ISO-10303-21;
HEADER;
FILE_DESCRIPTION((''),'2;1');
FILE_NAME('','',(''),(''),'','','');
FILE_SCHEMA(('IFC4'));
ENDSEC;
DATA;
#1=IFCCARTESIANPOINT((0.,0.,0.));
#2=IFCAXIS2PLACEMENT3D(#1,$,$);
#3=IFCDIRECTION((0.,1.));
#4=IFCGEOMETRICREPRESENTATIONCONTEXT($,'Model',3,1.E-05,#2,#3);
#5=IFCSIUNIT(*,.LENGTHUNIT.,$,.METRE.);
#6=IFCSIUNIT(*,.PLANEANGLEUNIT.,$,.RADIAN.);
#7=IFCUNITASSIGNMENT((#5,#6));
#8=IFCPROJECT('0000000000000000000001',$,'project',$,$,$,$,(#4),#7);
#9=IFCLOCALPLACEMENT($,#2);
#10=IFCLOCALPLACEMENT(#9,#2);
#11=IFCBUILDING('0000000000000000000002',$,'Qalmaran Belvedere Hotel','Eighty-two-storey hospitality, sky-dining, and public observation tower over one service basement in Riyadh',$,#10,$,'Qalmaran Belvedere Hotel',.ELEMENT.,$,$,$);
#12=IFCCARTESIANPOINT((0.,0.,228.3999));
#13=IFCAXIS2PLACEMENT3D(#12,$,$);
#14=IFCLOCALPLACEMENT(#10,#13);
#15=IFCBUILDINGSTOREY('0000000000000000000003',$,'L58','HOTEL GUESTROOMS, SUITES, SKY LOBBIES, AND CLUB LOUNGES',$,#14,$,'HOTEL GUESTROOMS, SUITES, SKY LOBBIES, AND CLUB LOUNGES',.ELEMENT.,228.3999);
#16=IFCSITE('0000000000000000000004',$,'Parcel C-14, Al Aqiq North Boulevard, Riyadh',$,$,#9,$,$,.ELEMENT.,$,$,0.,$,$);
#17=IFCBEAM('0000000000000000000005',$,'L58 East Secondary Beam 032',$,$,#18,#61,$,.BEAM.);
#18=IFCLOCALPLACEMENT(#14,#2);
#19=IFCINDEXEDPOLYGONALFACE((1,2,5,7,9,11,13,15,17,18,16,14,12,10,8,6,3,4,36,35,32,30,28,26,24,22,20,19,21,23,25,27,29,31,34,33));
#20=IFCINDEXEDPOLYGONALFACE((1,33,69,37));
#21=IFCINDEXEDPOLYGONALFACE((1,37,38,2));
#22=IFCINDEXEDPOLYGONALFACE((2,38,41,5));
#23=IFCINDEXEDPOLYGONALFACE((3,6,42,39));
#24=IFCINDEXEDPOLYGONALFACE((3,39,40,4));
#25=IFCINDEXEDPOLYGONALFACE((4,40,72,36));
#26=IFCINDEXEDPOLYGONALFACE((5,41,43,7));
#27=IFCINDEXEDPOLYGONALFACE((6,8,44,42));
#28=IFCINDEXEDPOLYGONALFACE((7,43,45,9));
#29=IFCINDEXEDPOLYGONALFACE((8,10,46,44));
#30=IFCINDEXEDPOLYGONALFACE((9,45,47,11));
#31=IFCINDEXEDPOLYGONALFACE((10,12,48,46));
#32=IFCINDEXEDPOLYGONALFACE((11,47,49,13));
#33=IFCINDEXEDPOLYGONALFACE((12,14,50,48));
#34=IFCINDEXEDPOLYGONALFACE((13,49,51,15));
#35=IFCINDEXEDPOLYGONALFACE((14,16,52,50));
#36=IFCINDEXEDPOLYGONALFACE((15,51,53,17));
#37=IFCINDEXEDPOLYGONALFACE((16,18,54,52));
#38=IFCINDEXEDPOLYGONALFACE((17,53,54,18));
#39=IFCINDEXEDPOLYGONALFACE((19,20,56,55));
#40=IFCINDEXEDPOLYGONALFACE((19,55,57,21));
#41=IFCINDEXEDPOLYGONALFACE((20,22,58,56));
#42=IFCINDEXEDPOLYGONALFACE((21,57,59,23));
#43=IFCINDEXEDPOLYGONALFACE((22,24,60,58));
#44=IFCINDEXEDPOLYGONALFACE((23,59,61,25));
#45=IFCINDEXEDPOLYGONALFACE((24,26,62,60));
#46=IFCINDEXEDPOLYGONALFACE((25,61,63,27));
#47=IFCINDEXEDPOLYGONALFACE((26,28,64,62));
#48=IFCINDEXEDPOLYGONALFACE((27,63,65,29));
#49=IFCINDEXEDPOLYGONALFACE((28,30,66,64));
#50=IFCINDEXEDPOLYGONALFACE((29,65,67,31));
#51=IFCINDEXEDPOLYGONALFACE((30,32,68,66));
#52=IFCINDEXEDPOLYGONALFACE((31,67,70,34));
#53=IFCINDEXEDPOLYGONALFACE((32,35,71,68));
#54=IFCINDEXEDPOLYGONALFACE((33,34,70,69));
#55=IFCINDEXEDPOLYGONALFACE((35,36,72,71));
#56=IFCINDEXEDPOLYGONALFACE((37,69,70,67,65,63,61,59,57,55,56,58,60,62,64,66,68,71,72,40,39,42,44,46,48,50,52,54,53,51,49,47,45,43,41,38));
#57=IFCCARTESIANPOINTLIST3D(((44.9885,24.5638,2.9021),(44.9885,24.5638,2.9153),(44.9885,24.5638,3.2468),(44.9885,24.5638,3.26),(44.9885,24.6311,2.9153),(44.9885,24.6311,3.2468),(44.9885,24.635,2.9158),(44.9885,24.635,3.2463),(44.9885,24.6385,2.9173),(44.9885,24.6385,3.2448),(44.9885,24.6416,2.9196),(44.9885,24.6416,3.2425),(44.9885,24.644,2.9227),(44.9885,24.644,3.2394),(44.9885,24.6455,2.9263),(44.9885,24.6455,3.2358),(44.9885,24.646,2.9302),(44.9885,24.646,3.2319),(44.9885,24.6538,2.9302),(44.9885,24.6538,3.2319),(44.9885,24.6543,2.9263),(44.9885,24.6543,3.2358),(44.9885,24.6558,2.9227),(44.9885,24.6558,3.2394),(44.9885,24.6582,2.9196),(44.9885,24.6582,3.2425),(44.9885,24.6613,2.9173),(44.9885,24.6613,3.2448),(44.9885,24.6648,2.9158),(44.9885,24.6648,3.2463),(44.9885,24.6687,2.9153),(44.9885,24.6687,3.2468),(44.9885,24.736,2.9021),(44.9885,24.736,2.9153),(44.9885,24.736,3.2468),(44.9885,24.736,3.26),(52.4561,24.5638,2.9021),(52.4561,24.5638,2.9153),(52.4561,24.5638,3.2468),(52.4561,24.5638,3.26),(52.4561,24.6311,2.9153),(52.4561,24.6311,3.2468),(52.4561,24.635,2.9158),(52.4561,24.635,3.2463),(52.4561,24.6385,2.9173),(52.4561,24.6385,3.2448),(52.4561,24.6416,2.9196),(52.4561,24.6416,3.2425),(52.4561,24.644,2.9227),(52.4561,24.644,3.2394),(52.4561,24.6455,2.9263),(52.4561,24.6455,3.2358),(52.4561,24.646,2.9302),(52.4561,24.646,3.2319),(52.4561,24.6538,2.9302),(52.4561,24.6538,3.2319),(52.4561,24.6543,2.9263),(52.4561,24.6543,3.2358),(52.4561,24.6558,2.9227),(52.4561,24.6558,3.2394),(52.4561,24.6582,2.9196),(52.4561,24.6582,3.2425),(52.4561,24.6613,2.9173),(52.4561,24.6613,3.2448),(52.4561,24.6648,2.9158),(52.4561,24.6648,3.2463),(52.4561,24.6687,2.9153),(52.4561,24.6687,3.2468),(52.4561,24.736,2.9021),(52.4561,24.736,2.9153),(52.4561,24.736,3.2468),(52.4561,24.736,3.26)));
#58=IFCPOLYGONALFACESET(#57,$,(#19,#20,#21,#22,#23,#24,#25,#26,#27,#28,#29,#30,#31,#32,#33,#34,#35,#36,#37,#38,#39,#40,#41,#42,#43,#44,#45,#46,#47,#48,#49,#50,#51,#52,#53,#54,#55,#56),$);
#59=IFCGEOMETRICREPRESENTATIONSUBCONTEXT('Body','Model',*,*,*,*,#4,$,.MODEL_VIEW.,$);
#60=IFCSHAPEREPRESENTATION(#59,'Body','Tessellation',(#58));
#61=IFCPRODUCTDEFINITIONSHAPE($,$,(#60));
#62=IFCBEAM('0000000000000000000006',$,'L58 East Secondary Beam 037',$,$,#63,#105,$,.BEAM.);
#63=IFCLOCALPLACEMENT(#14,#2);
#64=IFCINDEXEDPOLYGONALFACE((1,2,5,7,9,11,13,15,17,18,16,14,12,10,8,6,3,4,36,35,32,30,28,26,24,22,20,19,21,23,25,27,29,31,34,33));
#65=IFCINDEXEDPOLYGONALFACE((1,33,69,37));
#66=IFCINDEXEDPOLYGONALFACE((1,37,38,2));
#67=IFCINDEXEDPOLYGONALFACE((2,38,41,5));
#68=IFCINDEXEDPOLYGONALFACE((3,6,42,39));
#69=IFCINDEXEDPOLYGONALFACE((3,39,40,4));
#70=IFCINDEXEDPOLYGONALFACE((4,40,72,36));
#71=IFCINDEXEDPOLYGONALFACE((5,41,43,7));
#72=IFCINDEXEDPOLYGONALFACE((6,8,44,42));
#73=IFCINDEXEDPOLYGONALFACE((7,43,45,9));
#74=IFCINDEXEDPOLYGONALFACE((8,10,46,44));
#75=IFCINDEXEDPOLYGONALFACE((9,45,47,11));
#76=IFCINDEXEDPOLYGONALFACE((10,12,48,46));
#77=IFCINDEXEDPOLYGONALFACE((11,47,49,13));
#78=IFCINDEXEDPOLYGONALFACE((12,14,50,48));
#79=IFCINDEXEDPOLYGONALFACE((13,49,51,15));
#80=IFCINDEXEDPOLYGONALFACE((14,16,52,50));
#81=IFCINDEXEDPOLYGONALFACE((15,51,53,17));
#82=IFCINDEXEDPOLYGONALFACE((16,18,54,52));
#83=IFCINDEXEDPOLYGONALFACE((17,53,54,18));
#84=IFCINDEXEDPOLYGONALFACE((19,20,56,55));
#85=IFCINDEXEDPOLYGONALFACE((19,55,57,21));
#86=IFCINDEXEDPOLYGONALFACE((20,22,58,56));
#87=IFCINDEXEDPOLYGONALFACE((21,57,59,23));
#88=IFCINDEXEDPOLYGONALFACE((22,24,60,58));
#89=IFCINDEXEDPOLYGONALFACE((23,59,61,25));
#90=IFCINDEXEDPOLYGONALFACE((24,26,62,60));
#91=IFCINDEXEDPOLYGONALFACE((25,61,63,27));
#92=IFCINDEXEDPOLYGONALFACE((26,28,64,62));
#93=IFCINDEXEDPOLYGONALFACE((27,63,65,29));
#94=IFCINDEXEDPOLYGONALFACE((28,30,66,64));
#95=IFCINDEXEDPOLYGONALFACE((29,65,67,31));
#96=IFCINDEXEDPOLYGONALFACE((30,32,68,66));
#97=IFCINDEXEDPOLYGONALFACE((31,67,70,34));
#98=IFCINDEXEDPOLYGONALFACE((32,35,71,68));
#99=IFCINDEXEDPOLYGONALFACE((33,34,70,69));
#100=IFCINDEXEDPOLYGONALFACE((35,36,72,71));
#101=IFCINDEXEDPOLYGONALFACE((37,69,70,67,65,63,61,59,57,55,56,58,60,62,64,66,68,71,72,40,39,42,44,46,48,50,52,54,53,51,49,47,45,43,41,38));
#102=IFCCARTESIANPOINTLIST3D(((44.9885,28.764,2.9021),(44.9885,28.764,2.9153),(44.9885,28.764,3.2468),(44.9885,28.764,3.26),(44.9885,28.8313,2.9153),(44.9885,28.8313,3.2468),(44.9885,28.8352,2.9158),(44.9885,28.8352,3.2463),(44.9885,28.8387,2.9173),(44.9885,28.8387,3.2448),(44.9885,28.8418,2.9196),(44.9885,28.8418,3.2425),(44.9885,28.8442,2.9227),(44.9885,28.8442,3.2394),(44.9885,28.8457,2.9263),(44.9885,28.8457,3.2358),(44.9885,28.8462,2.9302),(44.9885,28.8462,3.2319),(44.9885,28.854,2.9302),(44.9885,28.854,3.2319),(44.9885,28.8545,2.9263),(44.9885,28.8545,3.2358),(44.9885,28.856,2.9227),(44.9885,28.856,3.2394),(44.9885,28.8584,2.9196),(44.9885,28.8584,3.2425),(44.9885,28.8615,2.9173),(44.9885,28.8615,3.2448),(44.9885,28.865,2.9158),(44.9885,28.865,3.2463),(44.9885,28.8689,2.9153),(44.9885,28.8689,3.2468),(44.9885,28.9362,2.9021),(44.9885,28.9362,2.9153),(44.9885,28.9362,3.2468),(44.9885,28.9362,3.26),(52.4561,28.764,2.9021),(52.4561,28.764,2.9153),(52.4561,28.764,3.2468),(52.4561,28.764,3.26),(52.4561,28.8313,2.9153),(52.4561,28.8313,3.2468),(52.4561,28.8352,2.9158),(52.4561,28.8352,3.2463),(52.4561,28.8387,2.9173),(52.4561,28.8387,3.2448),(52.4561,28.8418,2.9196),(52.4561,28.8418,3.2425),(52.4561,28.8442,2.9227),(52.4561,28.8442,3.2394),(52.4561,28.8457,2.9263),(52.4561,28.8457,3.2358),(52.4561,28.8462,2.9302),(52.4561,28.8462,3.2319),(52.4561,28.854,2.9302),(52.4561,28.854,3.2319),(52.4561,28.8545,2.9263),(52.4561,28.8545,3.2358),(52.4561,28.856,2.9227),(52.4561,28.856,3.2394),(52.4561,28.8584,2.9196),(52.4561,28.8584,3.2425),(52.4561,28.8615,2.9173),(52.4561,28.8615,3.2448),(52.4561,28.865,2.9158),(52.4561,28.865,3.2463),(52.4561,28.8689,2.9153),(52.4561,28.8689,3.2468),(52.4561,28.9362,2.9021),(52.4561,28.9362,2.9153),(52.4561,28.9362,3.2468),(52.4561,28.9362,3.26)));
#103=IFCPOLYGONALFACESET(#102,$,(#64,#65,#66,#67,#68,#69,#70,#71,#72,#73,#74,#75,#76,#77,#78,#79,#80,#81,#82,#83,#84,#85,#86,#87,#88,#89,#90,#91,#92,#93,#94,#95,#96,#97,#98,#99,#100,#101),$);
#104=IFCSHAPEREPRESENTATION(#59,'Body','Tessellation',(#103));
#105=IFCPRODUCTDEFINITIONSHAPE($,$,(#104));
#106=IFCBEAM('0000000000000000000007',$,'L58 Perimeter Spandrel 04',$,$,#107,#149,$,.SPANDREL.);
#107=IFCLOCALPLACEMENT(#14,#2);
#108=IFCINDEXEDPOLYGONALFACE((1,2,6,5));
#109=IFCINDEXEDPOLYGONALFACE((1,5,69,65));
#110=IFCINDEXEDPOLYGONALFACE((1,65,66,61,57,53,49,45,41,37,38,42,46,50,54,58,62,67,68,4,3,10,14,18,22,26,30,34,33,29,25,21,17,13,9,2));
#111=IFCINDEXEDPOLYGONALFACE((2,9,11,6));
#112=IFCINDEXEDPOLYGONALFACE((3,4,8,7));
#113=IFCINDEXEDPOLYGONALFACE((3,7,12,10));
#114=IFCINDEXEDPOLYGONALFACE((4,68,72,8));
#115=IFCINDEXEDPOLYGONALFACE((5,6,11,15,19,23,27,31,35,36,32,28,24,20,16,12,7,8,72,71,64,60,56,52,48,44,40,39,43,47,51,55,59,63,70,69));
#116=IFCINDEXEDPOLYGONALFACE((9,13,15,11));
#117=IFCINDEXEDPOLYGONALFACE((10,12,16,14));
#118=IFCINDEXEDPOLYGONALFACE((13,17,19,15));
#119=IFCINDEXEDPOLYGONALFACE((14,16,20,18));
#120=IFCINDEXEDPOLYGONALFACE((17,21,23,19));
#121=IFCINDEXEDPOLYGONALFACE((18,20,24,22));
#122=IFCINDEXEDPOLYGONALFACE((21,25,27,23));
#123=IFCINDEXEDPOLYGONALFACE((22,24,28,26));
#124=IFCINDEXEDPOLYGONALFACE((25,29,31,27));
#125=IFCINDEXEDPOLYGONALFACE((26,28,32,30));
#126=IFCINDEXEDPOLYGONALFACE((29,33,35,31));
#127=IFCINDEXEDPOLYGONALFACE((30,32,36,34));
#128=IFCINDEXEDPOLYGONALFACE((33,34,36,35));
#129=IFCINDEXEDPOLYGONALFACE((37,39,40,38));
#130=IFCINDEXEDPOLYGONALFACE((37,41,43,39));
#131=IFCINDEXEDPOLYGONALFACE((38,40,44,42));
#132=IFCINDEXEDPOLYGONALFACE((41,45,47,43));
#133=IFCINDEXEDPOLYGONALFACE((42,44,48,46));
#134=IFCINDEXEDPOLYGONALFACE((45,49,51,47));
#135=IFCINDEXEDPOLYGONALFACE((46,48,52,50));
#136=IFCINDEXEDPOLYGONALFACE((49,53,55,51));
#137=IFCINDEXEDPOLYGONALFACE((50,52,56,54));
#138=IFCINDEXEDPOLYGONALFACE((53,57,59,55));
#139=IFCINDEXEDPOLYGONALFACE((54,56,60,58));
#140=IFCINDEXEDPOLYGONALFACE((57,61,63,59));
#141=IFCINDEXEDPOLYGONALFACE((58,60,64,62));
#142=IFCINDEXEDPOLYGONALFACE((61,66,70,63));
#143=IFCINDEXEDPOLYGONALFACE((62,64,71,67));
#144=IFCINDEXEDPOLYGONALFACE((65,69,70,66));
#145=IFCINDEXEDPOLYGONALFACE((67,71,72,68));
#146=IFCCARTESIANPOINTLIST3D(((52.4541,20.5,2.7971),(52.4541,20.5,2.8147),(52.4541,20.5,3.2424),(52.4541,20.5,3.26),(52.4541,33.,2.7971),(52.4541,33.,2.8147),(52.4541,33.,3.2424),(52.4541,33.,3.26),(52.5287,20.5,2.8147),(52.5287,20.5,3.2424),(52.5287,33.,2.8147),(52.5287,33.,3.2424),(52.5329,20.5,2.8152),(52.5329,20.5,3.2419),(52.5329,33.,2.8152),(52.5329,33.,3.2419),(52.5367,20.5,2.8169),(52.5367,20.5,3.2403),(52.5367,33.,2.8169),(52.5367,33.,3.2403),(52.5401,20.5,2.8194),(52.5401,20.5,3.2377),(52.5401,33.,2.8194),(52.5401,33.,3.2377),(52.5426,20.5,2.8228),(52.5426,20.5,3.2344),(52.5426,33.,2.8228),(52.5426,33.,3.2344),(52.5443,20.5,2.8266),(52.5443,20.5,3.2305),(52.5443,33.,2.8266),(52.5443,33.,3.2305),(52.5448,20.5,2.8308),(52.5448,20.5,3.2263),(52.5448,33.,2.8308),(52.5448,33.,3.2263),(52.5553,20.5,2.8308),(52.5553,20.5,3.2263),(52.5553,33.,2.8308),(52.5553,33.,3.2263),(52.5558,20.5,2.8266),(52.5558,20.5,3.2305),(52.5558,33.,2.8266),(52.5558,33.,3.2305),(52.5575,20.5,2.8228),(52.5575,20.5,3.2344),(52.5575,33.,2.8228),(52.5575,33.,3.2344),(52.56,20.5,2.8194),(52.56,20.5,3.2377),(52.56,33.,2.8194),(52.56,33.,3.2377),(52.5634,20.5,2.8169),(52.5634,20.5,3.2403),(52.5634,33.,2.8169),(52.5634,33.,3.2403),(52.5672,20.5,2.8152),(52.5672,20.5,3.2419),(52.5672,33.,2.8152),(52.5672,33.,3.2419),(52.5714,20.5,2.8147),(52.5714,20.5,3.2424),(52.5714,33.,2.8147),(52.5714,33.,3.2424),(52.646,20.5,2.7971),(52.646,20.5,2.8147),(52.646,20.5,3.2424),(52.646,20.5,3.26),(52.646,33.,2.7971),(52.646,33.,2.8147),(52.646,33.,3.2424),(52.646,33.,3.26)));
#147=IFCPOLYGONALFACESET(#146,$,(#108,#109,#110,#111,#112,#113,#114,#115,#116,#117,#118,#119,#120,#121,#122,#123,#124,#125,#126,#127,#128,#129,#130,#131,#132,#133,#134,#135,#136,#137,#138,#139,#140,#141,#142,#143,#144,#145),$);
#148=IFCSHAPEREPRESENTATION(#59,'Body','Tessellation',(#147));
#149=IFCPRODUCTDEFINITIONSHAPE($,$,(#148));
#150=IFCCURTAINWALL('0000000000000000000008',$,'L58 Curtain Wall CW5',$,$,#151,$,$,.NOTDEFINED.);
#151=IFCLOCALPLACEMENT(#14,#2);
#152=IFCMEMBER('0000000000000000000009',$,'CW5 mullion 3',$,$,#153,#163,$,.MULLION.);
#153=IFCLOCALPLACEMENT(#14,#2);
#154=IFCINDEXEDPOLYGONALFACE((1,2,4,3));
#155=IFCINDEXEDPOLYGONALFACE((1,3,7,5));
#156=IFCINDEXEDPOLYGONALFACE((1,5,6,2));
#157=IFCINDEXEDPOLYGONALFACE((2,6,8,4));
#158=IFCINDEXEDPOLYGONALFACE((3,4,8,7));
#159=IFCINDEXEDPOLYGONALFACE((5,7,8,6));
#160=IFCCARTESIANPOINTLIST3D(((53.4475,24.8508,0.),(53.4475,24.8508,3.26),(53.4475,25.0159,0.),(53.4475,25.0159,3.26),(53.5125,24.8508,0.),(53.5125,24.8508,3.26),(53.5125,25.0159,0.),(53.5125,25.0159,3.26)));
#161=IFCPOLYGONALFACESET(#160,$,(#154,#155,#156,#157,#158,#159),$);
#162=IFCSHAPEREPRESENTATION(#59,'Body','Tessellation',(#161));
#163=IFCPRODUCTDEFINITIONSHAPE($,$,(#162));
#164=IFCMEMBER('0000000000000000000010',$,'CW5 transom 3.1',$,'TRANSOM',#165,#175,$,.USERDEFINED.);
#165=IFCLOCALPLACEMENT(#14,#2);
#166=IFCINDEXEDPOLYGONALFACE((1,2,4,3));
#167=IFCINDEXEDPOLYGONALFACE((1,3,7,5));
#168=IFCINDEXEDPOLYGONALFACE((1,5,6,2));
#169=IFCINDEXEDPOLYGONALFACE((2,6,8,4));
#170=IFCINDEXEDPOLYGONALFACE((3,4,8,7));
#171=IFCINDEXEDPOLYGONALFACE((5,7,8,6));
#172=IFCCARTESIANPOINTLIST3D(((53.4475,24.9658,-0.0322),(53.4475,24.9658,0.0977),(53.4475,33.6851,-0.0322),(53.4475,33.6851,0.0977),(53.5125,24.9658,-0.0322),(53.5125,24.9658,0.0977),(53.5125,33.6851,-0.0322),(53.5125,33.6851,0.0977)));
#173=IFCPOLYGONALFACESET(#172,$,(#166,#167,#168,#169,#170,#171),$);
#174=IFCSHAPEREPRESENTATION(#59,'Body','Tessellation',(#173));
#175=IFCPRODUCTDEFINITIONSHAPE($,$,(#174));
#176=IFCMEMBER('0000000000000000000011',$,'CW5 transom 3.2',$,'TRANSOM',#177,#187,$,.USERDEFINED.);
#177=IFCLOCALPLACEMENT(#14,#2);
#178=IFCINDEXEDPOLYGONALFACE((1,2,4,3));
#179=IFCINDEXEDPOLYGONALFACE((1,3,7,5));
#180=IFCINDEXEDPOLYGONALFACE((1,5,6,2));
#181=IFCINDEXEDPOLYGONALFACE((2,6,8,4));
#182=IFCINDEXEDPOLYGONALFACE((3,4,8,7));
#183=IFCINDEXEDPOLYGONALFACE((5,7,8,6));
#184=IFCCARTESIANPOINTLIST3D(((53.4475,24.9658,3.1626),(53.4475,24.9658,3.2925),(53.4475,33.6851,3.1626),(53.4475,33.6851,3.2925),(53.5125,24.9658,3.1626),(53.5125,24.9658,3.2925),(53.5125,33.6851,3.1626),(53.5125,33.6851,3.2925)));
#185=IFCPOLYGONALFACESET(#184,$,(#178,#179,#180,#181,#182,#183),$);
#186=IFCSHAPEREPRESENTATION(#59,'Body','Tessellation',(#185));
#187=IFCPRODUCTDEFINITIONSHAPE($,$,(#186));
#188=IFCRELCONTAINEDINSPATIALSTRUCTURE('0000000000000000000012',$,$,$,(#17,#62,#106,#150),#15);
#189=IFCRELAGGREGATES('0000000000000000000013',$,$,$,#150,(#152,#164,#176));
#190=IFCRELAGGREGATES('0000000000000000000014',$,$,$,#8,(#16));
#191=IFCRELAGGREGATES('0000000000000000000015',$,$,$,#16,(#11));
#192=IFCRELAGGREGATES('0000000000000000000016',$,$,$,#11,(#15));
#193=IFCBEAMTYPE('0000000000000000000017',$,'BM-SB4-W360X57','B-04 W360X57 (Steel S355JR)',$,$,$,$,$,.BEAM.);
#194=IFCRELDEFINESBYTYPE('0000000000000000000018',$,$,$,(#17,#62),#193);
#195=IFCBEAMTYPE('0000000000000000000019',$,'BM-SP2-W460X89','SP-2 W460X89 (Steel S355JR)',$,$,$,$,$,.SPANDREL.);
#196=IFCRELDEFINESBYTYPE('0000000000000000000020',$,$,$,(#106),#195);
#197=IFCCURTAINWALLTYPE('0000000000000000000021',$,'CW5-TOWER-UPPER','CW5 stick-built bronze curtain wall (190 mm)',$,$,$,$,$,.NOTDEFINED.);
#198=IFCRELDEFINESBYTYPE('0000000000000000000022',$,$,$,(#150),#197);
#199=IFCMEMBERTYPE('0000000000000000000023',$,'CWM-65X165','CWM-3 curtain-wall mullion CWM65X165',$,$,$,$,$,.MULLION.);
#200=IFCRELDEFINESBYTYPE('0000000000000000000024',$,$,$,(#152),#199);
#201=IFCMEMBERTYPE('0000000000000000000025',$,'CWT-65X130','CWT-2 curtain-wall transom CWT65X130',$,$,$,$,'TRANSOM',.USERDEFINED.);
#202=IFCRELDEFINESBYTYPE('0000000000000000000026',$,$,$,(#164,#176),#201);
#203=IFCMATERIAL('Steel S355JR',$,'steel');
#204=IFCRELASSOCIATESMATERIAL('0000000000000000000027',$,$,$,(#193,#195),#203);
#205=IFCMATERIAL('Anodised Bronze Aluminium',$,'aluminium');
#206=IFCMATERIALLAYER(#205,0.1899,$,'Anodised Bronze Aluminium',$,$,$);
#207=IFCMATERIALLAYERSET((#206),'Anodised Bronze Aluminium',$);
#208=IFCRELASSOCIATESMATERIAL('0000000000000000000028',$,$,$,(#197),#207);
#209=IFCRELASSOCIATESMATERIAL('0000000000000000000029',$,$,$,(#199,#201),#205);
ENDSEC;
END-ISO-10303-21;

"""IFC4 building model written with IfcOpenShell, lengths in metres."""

from ifc_helpers import new_model, si_unit, direction, frame, origin, origin_2d, place, context, subcontext, project, spatial, rectangle, i_section, extrude, material, layer, layer_set, material_profile, profile_set, type_object, element, aggregate, save


model = new_model("IFC4")

# Units and contexts
model_context = context("Model", 3, precision=1e-05, world=origin(), true_north=direction((0.0, 1.0)))
body_context = subcontext(model_context, "Body", "Model", "MODEL_VIEW")
ifc_project = project(units=[si_unit("LENGTHUNIT", "METRE"), si_unit("PLANEANGLEUNIT", "RADIAN")], contexts=[model_context])

# Site, building, storey
site_placement = place(None, origin())
site = spatial("IfcSite", under=ifc_project, at=site_placement, Name="Parcel C-14, Al Aqiq North Boulevard, Riyadh", CompositionType="ELEMENT", RefElevation=0.0)
building_placement = place(site_placement, origin())
building = spatial("IfcBuilding", under=site, at=building_placement, Name="Qalmaran Belvedere Hotel", Description="Eighty-two-storey hospitality, sky-dining, and public observation tower over one service basement in Riyadh", LongName="Qalmaran Belvedere Hotel", CompositionType="ELEMENT")
storey_placement = place(building_placement, frame((0.0, 0.0, 228.3999)))
storey = spatial("IfcBuildingStorey", under=building, at=storey_placement, Name="L58", Description="HOTEL GUESTROOMS, SUITES, SKY LOBBIES, AND CLUB LOUNGES", LongName="HOTEL GUESTROOMS, SUITES, SKY LOBBIES, AND CLUB LOUNGES", CompositionType="ELEMENT", Elevation=228.3999)

# Beams
ifc_material_1 = material(Name="Steel S355JR", Category="steel")
ifc_material_profile_1 = material_profile(ifc_material_1, i_section(OverallWidth=0.1721, OverallDepth=0.3579, WebThickness=0.0078, FlangeThickness=0.0132, FilletRadius=0.0149, at=origin_2d()), Name="W360X57")
ifc_profile_set_1 = profile_set([ifc_material_profile_1], Name="Steel S355JR")
beam_type_1 = type_object("IfcBeamType", Name="BM-SB4-W360X57", Description="B-04 W360X57 (Steel S355JR)", PredefinedType="BEAM", material=ifc_profile_set_1)
for number, where, z_axis, x_axis, name in (
    (1, (44.9885, 24.6499, 3.0811), (1.0, 0.0, 0.0), (0.0, 1.0, 0.0), "L58 East Secondary Beam 032"),
    (2, (44.9885, 28.8501, 3.0811), (1.0, 0.0, 0.0), (0.0, 1.0, 0.0), "L58 East Secondary Beam 037"),
):
    element("IfcBeam", number, at=place(storey_placement, frame(where, z_axis=z_axis, x_axis=x_axis)), inside=storey, type_object=beam_type_1, Name=name, PredefinedType="BEAM", context=body_context, shape_type="SweptSolid", body=[
        extrude(i_section(OverallWidth=0.1721, OverallDepth=0.3579, WebThickness=0.0078, FlangeThickness=0.0132, FilletRadius=0.0149, at=origin_2d()), origin(), (0.0, 0.0, 1.0), 7.4675),
    ])
ifc_material_profile_2 = material_profile(ifc_material_1, i_section(OverallWidth=0.1919, OverallDepth=0.4629, WebThickness=0.0105, FlangeThickness=0.0176, FilletRadius=0.0161, at=origin_2d()), Name="W460X89")
ifc_profile_set_2 = profile_set([ifc_material_profile_2], Name="Steel S355JR")
beam_type_2 = type_object("IfcBeamType", Name="BM-SP2-W460X89", Description="SP-2 W460X89 (Steel S355JR)", PredefinedType="SPANDREL", material=ifc_profile_set_2)
beam_1_placement = place(storey_placement, frame((52.55, 20.5, 3.0286), z_axis=(0.0, 1.0, 0.0), x_axis=(-1.0, 0.0, 0.0)))
element("IfcBeam", 3, at=beam_1_placement, inside=storey, type_object=beam_type_2, Name="L58 Perimeter Spandrel 04", PredefinedType="SPANDREL", context=body_context, shape_type="SweptSolid", body=[
    extrude(i_section(OverallWidth=0.1919, OverallDepth=0.4629, WebThickness=0.0105, FlangeThickness=0.0176, FilletRadius=0.0161, at=origin_2d()), origin(), (0.0, 0.0, 1.0), 12.5),
])

# Curtain wall, members
ifc_material_2 = material(Name="Anodised Bronze Aluminium", Category="aluminium")
ifc_layer_1 = layer(ifc_material_2, 0.1899, Name="Anodised Bronze Aluminium")
ifc_layer_set_1 = layer_set([ifc_layer_1], Name="Anodised Bronze Aluminium")
curtain_wall_type = type_object("IfcCurtainWallType", Name="CW5-TOWER-UPPER", Description="CW5 stick-built bronze curtain wall (190 mm)", PredefinedType="NOTDEFINED", material=ifc_layer_set_1)
curtain_wall_placement = place(storey_placement, origin())
curtain_wall = element("IfcCurtainWall", 4, at=curtain_wall_placement, inside=storey, type_object=curtain_wall_type, Name="L58 Curtain Wall CW5", PredefinedType="NOTDEFINED")
ifc_material_profile_3 = material_profile(ifc_material_2, rectangle(XDim=0.0649, YDim=0.165, at=origin_2d()), Name="CWM65X165")
ifc_profile_set_3 = profile_set([ifc_material_profile_3], Name="Anodised Bronze Aluminium")
member_type_1 = type_object("IfcMemberType", Name="CWM-65X165", Description="CWM-3 curtain-wall mullion CWM65X165", PredefinedType="MULLION", material=ifc_profile_set_3)
member_1_placement = place(storey_placement, frame((53.48, 24.9333, 0.0), z_axis=(0.0, 0.0, 1.0), x_axis=(-1.0, 0.0, 0.0)))
member_1 = element("IfcMember", 5, at=member_1_placement, type_object=member_type_1, Name="CW5 mullion 3", PredefinedType="MULLION", context=body_context, shape_type="SweptSolid", body=[
    extrude(rectangle(XDim=0.0649, YDim=0.165, at=origin_2d()), origin(), (0.0, 0.0, 1.0), 3.26),
])
ifc_material_profile_4 = material_profile(ifc_material_2, rectangle(XDim=0.0649, YDim=0.1299, at=origin_2d()), Name="CWT65X130")
ifc_profile_set_4 = profile_set([ifc_material_profile_4], Name="Anodised Bronze Aluminium")
member_type_2 = type_object("IfcMemberType", Name="CWT-65X130", Description="CWT-2 curtain-wall transom CWT65X130", ElementType="TRANSOM", PredefinedType="USERDEFINED", material=ifc_profile_set_4)
member_2_placement = place(storey_placement, frame((53.48, 24.9658, 0.0327), z_axis=(0.0, 1.0, 0.0), x_axis=(-1.0, 0.0, 0.0)))
member_2 = element("IfcMember", 6, at=member_2_placement, type_object=member_type_2, Name="CW5 transom 3.1", ObjectType="TRANSOM", PredefinedType="USERDEFINED", context=body_context, shape_type="SweptSolid", body=[
    extrude(rectangle(XDim=0.0649, YDim=0.1299, at=origin_2d()), origin(), (0.0, 0.0, 1.0), 8.7192),
])
member_3_placement = place(storey_placement, frame((53.48, 24.9658, 3.2275), z_axis=(0.0, 1.0, 0.0), x_axis=(-1.0, 0.0, 0.0)))
member_3 = element("IfcMember", 7, at=member_3_placement, type_object=member_type_2, Name="CW5 transom 3.2", ObjectType="TRANSOM", PredefinedType="USERDEFINED", context=body_context, shape_type="SweptSolid", body=[
    extrude(rectangle(XDim=0.0649, YDim=0.1299, at=origin_2d()), origin(), (0.0, 0.0, 1.0), 8.7192),
])
aggregate(curtain_wall, [member_1, member_2, member_3])

save(model, "model.ifc")
